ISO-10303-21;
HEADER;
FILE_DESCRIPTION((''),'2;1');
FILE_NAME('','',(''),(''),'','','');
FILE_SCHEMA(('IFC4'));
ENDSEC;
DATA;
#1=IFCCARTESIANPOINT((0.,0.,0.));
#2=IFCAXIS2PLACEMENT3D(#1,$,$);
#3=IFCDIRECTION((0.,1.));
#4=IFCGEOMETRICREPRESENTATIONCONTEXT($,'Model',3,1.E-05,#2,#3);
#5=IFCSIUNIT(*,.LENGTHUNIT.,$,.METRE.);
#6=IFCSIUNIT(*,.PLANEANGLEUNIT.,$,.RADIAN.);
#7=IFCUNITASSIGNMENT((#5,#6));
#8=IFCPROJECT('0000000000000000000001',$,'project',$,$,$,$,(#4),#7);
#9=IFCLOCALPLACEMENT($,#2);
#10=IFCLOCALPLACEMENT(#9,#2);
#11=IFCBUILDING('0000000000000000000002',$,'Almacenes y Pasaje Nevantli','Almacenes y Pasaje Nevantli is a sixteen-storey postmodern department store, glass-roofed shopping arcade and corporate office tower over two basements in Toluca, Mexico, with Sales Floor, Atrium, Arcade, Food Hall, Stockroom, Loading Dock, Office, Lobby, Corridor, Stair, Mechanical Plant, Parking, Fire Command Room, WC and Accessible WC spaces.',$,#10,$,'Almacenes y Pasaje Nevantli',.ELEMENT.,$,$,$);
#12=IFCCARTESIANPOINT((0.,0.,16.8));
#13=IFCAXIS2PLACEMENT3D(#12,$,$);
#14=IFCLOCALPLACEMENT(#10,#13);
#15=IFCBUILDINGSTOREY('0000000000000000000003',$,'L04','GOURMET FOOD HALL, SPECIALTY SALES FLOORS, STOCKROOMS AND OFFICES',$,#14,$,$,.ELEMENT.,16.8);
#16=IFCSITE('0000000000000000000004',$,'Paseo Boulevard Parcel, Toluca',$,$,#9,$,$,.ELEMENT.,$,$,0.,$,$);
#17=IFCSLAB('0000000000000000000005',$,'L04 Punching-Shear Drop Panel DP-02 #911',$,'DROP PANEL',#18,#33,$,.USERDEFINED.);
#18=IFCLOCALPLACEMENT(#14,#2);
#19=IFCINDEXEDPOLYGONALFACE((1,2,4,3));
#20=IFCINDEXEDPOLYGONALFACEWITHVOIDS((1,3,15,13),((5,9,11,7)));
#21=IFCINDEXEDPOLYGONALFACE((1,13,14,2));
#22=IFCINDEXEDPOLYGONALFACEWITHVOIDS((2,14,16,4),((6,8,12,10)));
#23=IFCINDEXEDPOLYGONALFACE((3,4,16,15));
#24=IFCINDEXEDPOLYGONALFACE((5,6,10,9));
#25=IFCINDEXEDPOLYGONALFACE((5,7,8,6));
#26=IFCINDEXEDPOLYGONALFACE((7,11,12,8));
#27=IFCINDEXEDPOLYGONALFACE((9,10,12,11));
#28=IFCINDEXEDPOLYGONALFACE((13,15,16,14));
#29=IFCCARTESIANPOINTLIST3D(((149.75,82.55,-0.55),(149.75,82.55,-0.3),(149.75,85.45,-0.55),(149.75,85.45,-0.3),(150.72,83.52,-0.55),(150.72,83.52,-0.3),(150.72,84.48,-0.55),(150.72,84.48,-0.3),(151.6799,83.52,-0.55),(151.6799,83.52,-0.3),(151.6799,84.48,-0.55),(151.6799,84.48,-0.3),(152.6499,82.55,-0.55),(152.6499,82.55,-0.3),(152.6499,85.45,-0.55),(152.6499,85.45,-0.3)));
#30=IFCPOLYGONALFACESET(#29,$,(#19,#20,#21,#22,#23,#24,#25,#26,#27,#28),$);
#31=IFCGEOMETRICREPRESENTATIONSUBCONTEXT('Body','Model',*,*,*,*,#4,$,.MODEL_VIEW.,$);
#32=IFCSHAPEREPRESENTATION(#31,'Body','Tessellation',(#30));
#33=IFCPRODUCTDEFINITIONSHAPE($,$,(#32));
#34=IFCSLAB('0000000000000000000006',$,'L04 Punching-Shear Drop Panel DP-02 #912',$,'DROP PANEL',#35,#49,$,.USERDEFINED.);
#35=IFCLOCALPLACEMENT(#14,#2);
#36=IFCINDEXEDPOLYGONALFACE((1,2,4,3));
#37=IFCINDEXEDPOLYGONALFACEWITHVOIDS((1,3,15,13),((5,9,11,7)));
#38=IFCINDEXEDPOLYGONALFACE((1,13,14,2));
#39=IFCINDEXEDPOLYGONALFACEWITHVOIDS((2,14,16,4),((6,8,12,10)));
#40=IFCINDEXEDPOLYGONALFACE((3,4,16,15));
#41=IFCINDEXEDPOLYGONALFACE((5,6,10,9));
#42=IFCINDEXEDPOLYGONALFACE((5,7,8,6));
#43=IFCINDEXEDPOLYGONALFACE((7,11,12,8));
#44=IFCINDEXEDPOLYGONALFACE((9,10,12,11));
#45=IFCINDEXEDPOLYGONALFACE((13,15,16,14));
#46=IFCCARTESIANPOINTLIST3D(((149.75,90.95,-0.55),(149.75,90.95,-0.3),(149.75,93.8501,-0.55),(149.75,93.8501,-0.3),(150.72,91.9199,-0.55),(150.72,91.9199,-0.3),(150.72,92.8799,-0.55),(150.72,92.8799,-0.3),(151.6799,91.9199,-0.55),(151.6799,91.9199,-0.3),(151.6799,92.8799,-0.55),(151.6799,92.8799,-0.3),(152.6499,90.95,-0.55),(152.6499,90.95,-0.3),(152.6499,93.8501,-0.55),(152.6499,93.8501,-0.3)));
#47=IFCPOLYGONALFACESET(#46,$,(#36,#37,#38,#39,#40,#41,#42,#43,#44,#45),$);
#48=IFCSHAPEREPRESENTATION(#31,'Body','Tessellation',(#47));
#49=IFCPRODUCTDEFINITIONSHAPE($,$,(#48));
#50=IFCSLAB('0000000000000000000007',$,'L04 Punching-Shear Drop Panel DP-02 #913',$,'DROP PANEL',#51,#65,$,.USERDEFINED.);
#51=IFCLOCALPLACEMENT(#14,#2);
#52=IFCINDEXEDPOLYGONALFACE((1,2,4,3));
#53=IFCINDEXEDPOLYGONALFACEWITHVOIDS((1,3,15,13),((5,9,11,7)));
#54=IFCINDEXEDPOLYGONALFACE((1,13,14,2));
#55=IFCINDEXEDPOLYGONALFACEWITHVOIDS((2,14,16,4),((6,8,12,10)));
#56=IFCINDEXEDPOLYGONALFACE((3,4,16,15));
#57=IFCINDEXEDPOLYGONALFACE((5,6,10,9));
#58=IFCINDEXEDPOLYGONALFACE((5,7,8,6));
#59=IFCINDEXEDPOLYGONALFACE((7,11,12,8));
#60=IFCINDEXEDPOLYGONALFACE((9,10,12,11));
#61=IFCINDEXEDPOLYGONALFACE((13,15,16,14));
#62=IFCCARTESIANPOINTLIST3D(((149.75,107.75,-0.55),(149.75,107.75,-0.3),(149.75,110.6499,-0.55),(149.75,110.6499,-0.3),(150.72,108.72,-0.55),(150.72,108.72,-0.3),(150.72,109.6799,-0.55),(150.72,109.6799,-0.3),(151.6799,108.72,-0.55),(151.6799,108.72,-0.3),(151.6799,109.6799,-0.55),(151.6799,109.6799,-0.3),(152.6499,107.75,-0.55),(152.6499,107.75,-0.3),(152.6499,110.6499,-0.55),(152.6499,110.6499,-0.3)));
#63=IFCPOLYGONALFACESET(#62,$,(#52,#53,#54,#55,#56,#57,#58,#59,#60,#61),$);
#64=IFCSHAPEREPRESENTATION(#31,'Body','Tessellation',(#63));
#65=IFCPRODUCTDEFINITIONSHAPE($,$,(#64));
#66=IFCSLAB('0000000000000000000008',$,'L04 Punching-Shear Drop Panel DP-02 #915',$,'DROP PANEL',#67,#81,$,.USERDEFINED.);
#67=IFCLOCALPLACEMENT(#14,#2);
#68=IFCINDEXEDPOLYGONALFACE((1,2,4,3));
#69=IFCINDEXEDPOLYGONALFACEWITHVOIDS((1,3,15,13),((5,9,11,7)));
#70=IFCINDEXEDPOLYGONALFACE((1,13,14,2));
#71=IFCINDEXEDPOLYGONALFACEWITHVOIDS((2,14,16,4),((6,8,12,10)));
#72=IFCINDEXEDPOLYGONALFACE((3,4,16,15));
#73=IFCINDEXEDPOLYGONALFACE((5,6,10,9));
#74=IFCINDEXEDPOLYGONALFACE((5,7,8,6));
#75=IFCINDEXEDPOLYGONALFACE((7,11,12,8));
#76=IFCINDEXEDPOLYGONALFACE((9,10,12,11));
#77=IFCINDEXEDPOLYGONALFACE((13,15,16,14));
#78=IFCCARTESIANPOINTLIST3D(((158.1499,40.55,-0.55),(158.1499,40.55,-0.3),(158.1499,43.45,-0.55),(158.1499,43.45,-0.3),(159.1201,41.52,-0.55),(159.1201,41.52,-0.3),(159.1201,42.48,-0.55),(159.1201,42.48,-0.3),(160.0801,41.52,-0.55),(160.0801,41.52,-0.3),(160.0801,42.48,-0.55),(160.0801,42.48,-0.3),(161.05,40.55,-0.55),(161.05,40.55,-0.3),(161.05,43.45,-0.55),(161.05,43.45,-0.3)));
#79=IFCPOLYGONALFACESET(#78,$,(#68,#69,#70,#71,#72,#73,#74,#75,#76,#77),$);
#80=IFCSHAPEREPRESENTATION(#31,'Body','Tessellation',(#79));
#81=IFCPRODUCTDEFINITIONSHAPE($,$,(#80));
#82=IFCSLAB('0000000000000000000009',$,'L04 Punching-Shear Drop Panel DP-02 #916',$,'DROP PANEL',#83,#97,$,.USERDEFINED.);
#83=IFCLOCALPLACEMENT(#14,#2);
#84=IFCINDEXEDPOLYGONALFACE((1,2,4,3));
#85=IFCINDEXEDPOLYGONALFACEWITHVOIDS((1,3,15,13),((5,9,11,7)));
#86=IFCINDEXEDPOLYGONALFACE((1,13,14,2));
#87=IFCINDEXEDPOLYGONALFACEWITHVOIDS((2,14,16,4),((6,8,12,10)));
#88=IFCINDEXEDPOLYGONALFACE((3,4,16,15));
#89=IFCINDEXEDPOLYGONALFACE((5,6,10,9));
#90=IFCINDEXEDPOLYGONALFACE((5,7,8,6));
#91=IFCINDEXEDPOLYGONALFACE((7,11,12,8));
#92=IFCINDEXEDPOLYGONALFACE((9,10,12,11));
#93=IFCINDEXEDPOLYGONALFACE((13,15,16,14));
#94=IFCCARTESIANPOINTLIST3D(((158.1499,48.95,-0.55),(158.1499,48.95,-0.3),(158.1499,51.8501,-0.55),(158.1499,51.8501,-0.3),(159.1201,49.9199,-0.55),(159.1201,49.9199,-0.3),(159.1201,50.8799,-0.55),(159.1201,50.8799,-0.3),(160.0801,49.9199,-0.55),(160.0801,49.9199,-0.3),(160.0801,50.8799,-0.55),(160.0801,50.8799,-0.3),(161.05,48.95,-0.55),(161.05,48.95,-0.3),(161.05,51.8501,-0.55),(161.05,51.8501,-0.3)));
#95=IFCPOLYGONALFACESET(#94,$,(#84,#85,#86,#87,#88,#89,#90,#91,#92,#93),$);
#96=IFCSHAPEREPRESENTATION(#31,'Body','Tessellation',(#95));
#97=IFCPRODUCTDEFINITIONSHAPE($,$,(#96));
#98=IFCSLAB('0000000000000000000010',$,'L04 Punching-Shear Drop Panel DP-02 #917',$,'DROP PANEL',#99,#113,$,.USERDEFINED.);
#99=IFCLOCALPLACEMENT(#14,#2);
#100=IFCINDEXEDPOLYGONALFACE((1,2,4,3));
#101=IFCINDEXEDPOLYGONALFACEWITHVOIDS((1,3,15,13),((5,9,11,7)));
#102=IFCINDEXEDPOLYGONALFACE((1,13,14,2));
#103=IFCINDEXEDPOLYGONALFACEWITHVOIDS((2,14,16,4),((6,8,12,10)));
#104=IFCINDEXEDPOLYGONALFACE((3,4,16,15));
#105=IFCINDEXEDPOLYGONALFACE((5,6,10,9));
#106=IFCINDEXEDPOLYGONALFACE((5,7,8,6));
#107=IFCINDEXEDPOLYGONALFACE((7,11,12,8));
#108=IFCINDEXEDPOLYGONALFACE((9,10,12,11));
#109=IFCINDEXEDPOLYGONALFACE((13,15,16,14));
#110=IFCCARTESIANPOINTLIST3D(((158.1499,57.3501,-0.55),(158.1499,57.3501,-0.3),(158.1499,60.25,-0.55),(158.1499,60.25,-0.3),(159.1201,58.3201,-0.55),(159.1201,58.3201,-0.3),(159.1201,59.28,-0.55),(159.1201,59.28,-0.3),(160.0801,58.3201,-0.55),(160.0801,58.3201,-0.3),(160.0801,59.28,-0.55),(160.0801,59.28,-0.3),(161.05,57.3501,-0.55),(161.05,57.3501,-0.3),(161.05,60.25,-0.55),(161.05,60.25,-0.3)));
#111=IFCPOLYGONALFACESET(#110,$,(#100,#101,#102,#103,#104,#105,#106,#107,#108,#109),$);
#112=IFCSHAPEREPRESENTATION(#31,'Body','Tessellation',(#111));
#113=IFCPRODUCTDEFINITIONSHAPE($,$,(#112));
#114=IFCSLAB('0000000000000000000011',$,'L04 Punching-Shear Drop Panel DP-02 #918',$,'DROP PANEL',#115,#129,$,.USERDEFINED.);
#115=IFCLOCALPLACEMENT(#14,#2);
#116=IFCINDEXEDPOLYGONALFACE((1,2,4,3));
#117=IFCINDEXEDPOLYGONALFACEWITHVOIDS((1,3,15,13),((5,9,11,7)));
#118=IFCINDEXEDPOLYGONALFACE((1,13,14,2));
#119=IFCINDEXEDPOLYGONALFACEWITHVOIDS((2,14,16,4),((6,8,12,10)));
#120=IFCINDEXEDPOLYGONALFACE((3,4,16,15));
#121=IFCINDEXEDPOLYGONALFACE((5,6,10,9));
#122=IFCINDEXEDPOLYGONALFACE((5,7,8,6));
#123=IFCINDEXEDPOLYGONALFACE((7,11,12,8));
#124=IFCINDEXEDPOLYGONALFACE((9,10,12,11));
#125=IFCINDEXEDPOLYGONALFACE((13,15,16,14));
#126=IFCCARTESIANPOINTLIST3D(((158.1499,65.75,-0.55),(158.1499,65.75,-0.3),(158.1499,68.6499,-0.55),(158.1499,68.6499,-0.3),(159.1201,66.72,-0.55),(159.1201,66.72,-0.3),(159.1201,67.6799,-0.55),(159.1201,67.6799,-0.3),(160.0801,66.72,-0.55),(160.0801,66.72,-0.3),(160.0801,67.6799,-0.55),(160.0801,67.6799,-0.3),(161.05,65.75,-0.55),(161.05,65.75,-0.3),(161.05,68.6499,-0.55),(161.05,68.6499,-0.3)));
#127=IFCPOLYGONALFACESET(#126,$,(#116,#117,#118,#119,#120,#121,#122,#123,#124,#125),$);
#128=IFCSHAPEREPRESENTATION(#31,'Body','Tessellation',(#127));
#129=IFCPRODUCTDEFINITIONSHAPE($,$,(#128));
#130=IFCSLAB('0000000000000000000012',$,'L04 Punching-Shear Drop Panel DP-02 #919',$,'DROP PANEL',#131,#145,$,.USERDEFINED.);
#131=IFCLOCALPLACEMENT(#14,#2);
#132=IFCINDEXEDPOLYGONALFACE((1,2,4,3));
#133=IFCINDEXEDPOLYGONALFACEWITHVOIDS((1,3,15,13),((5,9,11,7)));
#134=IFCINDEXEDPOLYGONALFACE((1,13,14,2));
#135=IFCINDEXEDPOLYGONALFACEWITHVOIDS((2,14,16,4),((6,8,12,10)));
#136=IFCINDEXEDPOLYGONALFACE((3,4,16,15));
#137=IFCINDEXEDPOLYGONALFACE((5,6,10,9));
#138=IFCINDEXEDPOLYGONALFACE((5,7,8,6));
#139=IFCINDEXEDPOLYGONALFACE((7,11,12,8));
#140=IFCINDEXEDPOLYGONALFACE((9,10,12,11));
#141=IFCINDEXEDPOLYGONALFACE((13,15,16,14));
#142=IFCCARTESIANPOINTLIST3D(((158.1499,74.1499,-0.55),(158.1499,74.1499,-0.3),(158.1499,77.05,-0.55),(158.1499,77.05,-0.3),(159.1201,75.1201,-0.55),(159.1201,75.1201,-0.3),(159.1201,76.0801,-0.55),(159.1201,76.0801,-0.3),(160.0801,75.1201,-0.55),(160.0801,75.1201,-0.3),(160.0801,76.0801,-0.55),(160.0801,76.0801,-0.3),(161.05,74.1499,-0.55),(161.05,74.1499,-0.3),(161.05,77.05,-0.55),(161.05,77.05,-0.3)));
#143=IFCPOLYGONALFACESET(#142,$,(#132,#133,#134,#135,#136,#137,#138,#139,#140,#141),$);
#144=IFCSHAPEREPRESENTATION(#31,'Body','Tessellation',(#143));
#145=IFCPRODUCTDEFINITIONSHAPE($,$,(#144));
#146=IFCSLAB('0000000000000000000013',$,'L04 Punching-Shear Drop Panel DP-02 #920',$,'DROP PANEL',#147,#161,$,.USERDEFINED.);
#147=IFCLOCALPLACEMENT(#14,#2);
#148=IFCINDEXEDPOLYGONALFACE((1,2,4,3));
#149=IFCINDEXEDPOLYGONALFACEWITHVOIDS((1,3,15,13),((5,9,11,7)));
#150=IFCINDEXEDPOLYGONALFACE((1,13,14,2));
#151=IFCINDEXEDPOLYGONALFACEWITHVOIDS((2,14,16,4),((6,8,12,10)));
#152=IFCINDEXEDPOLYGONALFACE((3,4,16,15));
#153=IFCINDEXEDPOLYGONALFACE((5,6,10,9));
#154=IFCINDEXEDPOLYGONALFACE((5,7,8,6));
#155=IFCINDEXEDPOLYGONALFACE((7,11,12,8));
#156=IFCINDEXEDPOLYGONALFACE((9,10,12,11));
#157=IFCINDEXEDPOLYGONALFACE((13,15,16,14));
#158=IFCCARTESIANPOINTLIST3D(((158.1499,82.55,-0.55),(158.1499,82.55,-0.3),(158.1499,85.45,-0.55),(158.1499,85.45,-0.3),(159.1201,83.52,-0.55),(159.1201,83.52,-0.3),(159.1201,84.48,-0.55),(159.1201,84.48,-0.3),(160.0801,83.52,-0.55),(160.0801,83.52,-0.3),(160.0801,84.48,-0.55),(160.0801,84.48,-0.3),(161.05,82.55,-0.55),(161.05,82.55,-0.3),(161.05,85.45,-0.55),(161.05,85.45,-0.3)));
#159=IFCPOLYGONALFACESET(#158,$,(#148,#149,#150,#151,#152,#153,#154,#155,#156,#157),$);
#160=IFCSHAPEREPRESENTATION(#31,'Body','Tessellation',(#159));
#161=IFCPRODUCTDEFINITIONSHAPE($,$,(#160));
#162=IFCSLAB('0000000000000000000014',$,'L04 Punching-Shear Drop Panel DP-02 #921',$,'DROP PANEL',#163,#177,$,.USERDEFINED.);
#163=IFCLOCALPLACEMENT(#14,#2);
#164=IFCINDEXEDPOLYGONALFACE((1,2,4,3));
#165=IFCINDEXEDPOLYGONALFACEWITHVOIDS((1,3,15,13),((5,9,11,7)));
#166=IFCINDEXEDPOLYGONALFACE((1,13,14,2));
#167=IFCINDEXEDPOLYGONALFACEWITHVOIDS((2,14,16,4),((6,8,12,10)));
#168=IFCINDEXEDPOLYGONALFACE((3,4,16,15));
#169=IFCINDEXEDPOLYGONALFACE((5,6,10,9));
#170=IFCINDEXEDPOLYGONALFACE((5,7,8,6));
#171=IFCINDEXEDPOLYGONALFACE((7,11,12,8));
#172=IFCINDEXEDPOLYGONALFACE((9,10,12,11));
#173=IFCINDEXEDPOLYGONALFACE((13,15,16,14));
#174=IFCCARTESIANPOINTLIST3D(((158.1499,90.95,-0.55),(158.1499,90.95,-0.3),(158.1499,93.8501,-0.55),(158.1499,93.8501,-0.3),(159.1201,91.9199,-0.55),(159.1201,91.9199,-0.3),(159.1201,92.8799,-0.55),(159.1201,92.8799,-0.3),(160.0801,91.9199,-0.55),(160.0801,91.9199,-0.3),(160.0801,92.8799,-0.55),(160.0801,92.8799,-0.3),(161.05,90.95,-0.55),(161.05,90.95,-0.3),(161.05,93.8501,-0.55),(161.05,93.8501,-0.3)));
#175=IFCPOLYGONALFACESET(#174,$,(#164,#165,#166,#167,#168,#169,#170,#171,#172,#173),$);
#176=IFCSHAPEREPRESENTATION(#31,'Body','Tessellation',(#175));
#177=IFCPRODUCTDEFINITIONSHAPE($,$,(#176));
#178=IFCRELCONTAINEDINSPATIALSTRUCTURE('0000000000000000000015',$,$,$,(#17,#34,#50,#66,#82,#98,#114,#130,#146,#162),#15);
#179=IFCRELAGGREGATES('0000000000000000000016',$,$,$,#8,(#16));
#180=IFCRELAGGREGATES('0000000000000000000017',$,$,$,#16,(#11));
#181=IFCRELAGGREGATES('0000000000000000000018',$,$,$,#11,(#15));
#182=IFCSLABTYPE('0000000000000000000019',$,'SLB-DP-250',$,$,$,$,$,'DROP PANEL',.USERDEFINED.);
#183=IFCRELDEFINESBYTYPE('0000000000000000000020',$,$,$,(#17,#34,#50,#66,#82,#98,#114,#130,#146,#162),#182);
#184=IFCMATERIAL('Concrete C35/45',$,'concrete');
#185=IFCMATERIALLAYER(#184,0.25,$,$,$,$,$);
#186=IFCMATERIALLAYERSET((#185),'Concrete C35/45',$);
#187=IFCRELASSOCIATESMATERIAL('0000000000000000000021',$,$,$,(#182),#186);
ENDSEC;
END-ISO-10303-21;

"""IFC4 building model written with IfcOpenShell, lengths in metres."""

from ifc_helpers import new_model, si_unit, direction, frame, origin, place, context, subcontext, project, spatial, polyline, outline, extrude, material, layer, layer_set, type_object, element, save


model = new_model("IFC4")

# Units and contexts
model_context = context("Model", 3, precision=1e-05, world=origin(), true_north=direction((0.0, 1.0)))
body_context = subcontext(model_context, "Body", "Model", "MODEL_VIEW")
ifc_project = project(units=[si_unit("LENGTHUNIT", "METRE"), si_unit("PLANEANGLEUNIT", "RADIAN")], contexts=[model_context])

# Site, building, storey
site_placement = place(None, origin())
site = spatial("IfcSite", under=ifc_project, at=site_placement, Name="Paseo Boulevard Parcel, Toluca", CompositionType="ELEMENT", RefElevation=0.0)
building_placement = place(site_placement, origin())
building = spatial("IfcBuilding", under=site, at=building_placement, Name="Almacenes y Pasaje Nevantli", Description="Almacenes y Pasaje Nevantli is a sixteen-storey postmodern department store, glass-roofed shopping arcade and corporate office tower over two basements in Toluca, Mexico, with Sales Floor, Atrium, Arcade, Food Hall, Stockroom, Loading Dock, Office, Lobby, Corridor, Stair, Mechanical Plant, Parking, Fire Command Room, WC and Accessible WC spaces.", LongName="Almacenes y Pasaje Nevantli", CompositionType="ELEMENT")
storey_placement = place(building_placement, frame((0.0, 0.0, 16.8)))
storey = spatial("IfcBuildingStorey", under=building, at=storey_placement, Name="L04", Description="GOURMET FOOD HALL, SPECIALTY SALES FLOORS, STOCKROOMS AND OFFICES", CompositionType="ELEMENT", Elevation=16.8)

# Slabs
ifc_material = material(Name="Concrete C35/45", Category="concrete")
ifc_layer = layer(ifc_material, 0.25)
ifc_layer_set = layer_set([ifc_layer], Name="Concrete C35/45")
slab_type = type_object("IfcSlabType", Name="SLB-DP-250", ElementType="DROP PANEL", PredefinedType="USERDEFINED", material=ifc_layer_set)
slab_1_placement = place(storey_placement, frame((0.0, 0.0, -0.55)))
element("IfcSlab", 1, at=slab_1_placement, inside=storey, type_object=slab_type, Name="L04 Punching-Shear Drop Panel DP-02 #911", ObjectType="DROP PANEL", PredefinedType="USERDEFINED", context=body_context, shape_type="SweptSolid", body=[
    extrude(outline(polyline([(149.75, 82.55), (152.6499, 82.55), (152.6499, 85.45), (149.75, 85.45), (149.75, 82.55)]), holes=[polyline([(150.72, 83.52), (151.6799, 83.52), (151.6799, 84.48), (150.72, 84.48), (150.72, 83.52)])]), origin(), (0.0, 0.0, 1.0), 0.25),
])
slab_2_placement = place(storey_placement, frame((0.0, 0.0, -0.55)))
element("IfcSlab", 2, at=slab_2_placement, inside=storey, type_object=slab_type, Name="L04 Punching-Shear Drop Panel DP-02 #912", ObjectType="DROP PANEL", PredefinedType="USERDEFINED", context=body_context, shape_type="SweptSolid", body=[
    extrude(outline(polyline([(149.75, 90.95), (152.6499, 90.95), (152.6499, 93.8501), (149.75, 93.8501), (149.75, 90.95)]), holes=[polyline([(150.72, 91.9199), (151.6799, 91.9199), (151.6799, 92.8799), (150.72, 92.8799), (150.72, 91.9199)])]), origin(), (0.0, 0.0, 1.0), 0.25),
])
slab_3_placement = place(storey_placement, frame((0.0, 0.0, -0.55)))
element("IfcSlab", 3, at=slab_3_placement, inside=storey, type_object=slab_type, Name="L04 Punching-Shear Drop Panel DP-02 #913", ObjectType="DROP PANEL", PredefinedType="USERDEFINED", context=body_context, shape_type="SweptSolid", body=[
    extrude(outline(polyline([(149.75, 107.75), (152.6499, 107.75), (152.6499, 110.6499), (149.75, 110.6499), (149.75, 107.75)]), holes=[polyline([(150.72, 108.72), (151.6799, 108.72), (151.6799, 109.6799), (150.72, 109.6799), (150.72, 108.72)])]), origin(), (0.0, 0.0, 1.0), 0.25),
])
slab_4_placement = place(storey_placement, frame((0.0, 0.0, -0.55)))
element("IfcSlab", 4, at=slab_4_placement, inside=storey, type_object=slab_type, Name="L04 Punching-Shear Drop Panel DP-02 #915", ObjectType="DROP PANEL", PredefinedType="USERDEFINED", context=body_context, shape_type="SweptSolid", body=[
    extrude(outline(polyline([(158.1499, 40.55), (161.05, 40.55), (161.05, 43.45), (158.1499, 43.45), (158.1499, 40.55)]), holes=[polyline([(159.1201, 41.52), (160.0801, 41.52), (160.0801, 42.48), (159.1201, 42.48), (159.1201, 41.52)])]), origin(), (0.0, 0.0, 1.0), 0.25),
])
slab_5_placement = place(storey_placement, frame((0.0, 0.0, -0.55)))
element("IfcSlab", 5, at=slab_5_placement, inside=storey, type_object=slab_type, Name="L04 Punching-Shear Drop Panel DP-02 #916", ObjectType="DROP PANEL", PredefinedType="USERDEFINED", context=body_context, shape_type="SweptSolid", body=[
    extrude(outline(polyline([(158.1499, 48.95), (161.05, 48.95), (161.05, 51.8501), (158.1499, 51.8501), (158.1499, 48.95)]), holes=[polyline([(159.1201, 49.9199), (160.0801, 49.9199), (160.0801, 50.8799), (159.1201, 50.8799), (159.1201, 49.9199)])]), origin(), (0.0, 0.0, 1.0), 0.25),
])
slab_6_placement = place(storey_placement, frame((0.0, 0.0, -0.55)))
element("IfcSlab", 6, at=slab_6_placement, inside=storey, type_object=slab_type, Name="L04 Punching-Shear Drop Panel DP-02 #917", ObjectType="DROP PANEL", PredefinedType="USERDEFINED", context=body_context, shape_type="SweptSolid", body=[
    extrude(outline(polyline([(158.1499, 57.3501), (161.05, 57.3501), (161.05, 60.25), (158.1499, 60.25), (158.1499, 57.3501)]), holes=[polyline([(159.1201, 58.3201), (160.0801, 58.3201), (160.0801, 59.28), (159.1201, 59.28), (159.1201, 58.3201)])]), origin(), (0.0, 0.0, 1.0), 0.25),
])
slab_7_placement = place(storey_placement, frame((0.0, 0.0, -0.55)))
element("IfcSlab", 7, at=slab_7_placement, inside=storey, type_object=slab_type, Name="L04 Punching-Shear Drop Panel DP-02 #918", ObjectType="DROP PANEL", PredefinedType="USERDEFINED", context=body_context, shape_type="SweptSolid", body=[
    extrude(outline(polyline([(158.1499, 65.75), (161.05, 65.75), (161.05, 68.6499), (158.1499, 68.6499), (158.1499, 65.75)]), holes=[polyline([(159.1201, 66.72), (160.0801, 66.72), (160.0801, 67.6799), (159.1201, 67.6799), (159.1201, 66.72)])]), origin(), (0.0, 0.0, 1.0), 0.25),
])
slab_8_placement = place(storey_placement, frame((0.0, 0.0, -0.55)))
element("IfcSlab", 8, at=slab_8_placement, inside=storey, type_object=slab_type, Name="L04 Punching-Shear Drop Panel DP-02 #919", ObjectType="DROP PANEL", PredefinedType="USERDEFINED", context=body_context, shape_type="SweptSolid", body=[
    extrude(outline(polyline([(158.1499, 74.1499), (161.05, 74.1499), (161.05, 77.05), (158.1499, 77.05), (158.1499, 74.1499)]), holes=[polyline([(159.1201, 75.1201), (160.0801, 75.1201), (160.0801, 76.0801), (159.1201, 76.0801), (159.1201, 75.1201)])]), origin(), (0.0, 0.0, 1.0), 0.25),
])
slab_9_placement = place(storey_placement, frame((0.0, 0.0, -0.55)))
element("IfcSlab", 9, at=slab_9_placement, inside=storey, type_object=slab_type, Name="L04 Punching-Shear Drop Panel DP-02 #920", ObjectType="DROP PANEL", PredefinedType="USERDEFINED", context=body_context, shape_type="SweptSolid", body=[
    extrude(outline(polyline([(158.1499, 82.55), (161.05, 82.55), (161.05, 85.45), (158.1499, 85.45), (158.1499, 82.55)]), holes=[polyline([(159.1201, 83.52), (160.0801, 83.52), (160.0801, 84.48), (159.1201, 84.48), (159.1201, 83.52)])]), origin(), (0.0, 0.0, 1.0), 0.25),
])
slab_10_placement = place(storey_placement, frame((0.0, 0.0, -0.55)))
element("IfcSlab", 10, at=slab_10_placement, inside=storey, type_object=slab_type, Name="L04 Punching-Shear Drop Panel DP-02 #921", ObjectType="DROP PANEL", PredefinedType="USERDEFINED", context=body_context, shape_type="SweptSolid", body=[
    extrude(outline(polyline([(158.1499, 90.95), (161.05, 90.95), (161.05, 93.8501), (158.1499, 93.8501), (158.1499, 90.95)]), holes=[polyline([(159.1201, 91.9199), (160.0801, 91.9199), (160.0801, 92.8799), (159.1201, 92.8799), (159.1201, 91.9199)])]), origin(), (0.0, 0.0, 1.0), 0.25),
])

save(model, "model.ifc")
